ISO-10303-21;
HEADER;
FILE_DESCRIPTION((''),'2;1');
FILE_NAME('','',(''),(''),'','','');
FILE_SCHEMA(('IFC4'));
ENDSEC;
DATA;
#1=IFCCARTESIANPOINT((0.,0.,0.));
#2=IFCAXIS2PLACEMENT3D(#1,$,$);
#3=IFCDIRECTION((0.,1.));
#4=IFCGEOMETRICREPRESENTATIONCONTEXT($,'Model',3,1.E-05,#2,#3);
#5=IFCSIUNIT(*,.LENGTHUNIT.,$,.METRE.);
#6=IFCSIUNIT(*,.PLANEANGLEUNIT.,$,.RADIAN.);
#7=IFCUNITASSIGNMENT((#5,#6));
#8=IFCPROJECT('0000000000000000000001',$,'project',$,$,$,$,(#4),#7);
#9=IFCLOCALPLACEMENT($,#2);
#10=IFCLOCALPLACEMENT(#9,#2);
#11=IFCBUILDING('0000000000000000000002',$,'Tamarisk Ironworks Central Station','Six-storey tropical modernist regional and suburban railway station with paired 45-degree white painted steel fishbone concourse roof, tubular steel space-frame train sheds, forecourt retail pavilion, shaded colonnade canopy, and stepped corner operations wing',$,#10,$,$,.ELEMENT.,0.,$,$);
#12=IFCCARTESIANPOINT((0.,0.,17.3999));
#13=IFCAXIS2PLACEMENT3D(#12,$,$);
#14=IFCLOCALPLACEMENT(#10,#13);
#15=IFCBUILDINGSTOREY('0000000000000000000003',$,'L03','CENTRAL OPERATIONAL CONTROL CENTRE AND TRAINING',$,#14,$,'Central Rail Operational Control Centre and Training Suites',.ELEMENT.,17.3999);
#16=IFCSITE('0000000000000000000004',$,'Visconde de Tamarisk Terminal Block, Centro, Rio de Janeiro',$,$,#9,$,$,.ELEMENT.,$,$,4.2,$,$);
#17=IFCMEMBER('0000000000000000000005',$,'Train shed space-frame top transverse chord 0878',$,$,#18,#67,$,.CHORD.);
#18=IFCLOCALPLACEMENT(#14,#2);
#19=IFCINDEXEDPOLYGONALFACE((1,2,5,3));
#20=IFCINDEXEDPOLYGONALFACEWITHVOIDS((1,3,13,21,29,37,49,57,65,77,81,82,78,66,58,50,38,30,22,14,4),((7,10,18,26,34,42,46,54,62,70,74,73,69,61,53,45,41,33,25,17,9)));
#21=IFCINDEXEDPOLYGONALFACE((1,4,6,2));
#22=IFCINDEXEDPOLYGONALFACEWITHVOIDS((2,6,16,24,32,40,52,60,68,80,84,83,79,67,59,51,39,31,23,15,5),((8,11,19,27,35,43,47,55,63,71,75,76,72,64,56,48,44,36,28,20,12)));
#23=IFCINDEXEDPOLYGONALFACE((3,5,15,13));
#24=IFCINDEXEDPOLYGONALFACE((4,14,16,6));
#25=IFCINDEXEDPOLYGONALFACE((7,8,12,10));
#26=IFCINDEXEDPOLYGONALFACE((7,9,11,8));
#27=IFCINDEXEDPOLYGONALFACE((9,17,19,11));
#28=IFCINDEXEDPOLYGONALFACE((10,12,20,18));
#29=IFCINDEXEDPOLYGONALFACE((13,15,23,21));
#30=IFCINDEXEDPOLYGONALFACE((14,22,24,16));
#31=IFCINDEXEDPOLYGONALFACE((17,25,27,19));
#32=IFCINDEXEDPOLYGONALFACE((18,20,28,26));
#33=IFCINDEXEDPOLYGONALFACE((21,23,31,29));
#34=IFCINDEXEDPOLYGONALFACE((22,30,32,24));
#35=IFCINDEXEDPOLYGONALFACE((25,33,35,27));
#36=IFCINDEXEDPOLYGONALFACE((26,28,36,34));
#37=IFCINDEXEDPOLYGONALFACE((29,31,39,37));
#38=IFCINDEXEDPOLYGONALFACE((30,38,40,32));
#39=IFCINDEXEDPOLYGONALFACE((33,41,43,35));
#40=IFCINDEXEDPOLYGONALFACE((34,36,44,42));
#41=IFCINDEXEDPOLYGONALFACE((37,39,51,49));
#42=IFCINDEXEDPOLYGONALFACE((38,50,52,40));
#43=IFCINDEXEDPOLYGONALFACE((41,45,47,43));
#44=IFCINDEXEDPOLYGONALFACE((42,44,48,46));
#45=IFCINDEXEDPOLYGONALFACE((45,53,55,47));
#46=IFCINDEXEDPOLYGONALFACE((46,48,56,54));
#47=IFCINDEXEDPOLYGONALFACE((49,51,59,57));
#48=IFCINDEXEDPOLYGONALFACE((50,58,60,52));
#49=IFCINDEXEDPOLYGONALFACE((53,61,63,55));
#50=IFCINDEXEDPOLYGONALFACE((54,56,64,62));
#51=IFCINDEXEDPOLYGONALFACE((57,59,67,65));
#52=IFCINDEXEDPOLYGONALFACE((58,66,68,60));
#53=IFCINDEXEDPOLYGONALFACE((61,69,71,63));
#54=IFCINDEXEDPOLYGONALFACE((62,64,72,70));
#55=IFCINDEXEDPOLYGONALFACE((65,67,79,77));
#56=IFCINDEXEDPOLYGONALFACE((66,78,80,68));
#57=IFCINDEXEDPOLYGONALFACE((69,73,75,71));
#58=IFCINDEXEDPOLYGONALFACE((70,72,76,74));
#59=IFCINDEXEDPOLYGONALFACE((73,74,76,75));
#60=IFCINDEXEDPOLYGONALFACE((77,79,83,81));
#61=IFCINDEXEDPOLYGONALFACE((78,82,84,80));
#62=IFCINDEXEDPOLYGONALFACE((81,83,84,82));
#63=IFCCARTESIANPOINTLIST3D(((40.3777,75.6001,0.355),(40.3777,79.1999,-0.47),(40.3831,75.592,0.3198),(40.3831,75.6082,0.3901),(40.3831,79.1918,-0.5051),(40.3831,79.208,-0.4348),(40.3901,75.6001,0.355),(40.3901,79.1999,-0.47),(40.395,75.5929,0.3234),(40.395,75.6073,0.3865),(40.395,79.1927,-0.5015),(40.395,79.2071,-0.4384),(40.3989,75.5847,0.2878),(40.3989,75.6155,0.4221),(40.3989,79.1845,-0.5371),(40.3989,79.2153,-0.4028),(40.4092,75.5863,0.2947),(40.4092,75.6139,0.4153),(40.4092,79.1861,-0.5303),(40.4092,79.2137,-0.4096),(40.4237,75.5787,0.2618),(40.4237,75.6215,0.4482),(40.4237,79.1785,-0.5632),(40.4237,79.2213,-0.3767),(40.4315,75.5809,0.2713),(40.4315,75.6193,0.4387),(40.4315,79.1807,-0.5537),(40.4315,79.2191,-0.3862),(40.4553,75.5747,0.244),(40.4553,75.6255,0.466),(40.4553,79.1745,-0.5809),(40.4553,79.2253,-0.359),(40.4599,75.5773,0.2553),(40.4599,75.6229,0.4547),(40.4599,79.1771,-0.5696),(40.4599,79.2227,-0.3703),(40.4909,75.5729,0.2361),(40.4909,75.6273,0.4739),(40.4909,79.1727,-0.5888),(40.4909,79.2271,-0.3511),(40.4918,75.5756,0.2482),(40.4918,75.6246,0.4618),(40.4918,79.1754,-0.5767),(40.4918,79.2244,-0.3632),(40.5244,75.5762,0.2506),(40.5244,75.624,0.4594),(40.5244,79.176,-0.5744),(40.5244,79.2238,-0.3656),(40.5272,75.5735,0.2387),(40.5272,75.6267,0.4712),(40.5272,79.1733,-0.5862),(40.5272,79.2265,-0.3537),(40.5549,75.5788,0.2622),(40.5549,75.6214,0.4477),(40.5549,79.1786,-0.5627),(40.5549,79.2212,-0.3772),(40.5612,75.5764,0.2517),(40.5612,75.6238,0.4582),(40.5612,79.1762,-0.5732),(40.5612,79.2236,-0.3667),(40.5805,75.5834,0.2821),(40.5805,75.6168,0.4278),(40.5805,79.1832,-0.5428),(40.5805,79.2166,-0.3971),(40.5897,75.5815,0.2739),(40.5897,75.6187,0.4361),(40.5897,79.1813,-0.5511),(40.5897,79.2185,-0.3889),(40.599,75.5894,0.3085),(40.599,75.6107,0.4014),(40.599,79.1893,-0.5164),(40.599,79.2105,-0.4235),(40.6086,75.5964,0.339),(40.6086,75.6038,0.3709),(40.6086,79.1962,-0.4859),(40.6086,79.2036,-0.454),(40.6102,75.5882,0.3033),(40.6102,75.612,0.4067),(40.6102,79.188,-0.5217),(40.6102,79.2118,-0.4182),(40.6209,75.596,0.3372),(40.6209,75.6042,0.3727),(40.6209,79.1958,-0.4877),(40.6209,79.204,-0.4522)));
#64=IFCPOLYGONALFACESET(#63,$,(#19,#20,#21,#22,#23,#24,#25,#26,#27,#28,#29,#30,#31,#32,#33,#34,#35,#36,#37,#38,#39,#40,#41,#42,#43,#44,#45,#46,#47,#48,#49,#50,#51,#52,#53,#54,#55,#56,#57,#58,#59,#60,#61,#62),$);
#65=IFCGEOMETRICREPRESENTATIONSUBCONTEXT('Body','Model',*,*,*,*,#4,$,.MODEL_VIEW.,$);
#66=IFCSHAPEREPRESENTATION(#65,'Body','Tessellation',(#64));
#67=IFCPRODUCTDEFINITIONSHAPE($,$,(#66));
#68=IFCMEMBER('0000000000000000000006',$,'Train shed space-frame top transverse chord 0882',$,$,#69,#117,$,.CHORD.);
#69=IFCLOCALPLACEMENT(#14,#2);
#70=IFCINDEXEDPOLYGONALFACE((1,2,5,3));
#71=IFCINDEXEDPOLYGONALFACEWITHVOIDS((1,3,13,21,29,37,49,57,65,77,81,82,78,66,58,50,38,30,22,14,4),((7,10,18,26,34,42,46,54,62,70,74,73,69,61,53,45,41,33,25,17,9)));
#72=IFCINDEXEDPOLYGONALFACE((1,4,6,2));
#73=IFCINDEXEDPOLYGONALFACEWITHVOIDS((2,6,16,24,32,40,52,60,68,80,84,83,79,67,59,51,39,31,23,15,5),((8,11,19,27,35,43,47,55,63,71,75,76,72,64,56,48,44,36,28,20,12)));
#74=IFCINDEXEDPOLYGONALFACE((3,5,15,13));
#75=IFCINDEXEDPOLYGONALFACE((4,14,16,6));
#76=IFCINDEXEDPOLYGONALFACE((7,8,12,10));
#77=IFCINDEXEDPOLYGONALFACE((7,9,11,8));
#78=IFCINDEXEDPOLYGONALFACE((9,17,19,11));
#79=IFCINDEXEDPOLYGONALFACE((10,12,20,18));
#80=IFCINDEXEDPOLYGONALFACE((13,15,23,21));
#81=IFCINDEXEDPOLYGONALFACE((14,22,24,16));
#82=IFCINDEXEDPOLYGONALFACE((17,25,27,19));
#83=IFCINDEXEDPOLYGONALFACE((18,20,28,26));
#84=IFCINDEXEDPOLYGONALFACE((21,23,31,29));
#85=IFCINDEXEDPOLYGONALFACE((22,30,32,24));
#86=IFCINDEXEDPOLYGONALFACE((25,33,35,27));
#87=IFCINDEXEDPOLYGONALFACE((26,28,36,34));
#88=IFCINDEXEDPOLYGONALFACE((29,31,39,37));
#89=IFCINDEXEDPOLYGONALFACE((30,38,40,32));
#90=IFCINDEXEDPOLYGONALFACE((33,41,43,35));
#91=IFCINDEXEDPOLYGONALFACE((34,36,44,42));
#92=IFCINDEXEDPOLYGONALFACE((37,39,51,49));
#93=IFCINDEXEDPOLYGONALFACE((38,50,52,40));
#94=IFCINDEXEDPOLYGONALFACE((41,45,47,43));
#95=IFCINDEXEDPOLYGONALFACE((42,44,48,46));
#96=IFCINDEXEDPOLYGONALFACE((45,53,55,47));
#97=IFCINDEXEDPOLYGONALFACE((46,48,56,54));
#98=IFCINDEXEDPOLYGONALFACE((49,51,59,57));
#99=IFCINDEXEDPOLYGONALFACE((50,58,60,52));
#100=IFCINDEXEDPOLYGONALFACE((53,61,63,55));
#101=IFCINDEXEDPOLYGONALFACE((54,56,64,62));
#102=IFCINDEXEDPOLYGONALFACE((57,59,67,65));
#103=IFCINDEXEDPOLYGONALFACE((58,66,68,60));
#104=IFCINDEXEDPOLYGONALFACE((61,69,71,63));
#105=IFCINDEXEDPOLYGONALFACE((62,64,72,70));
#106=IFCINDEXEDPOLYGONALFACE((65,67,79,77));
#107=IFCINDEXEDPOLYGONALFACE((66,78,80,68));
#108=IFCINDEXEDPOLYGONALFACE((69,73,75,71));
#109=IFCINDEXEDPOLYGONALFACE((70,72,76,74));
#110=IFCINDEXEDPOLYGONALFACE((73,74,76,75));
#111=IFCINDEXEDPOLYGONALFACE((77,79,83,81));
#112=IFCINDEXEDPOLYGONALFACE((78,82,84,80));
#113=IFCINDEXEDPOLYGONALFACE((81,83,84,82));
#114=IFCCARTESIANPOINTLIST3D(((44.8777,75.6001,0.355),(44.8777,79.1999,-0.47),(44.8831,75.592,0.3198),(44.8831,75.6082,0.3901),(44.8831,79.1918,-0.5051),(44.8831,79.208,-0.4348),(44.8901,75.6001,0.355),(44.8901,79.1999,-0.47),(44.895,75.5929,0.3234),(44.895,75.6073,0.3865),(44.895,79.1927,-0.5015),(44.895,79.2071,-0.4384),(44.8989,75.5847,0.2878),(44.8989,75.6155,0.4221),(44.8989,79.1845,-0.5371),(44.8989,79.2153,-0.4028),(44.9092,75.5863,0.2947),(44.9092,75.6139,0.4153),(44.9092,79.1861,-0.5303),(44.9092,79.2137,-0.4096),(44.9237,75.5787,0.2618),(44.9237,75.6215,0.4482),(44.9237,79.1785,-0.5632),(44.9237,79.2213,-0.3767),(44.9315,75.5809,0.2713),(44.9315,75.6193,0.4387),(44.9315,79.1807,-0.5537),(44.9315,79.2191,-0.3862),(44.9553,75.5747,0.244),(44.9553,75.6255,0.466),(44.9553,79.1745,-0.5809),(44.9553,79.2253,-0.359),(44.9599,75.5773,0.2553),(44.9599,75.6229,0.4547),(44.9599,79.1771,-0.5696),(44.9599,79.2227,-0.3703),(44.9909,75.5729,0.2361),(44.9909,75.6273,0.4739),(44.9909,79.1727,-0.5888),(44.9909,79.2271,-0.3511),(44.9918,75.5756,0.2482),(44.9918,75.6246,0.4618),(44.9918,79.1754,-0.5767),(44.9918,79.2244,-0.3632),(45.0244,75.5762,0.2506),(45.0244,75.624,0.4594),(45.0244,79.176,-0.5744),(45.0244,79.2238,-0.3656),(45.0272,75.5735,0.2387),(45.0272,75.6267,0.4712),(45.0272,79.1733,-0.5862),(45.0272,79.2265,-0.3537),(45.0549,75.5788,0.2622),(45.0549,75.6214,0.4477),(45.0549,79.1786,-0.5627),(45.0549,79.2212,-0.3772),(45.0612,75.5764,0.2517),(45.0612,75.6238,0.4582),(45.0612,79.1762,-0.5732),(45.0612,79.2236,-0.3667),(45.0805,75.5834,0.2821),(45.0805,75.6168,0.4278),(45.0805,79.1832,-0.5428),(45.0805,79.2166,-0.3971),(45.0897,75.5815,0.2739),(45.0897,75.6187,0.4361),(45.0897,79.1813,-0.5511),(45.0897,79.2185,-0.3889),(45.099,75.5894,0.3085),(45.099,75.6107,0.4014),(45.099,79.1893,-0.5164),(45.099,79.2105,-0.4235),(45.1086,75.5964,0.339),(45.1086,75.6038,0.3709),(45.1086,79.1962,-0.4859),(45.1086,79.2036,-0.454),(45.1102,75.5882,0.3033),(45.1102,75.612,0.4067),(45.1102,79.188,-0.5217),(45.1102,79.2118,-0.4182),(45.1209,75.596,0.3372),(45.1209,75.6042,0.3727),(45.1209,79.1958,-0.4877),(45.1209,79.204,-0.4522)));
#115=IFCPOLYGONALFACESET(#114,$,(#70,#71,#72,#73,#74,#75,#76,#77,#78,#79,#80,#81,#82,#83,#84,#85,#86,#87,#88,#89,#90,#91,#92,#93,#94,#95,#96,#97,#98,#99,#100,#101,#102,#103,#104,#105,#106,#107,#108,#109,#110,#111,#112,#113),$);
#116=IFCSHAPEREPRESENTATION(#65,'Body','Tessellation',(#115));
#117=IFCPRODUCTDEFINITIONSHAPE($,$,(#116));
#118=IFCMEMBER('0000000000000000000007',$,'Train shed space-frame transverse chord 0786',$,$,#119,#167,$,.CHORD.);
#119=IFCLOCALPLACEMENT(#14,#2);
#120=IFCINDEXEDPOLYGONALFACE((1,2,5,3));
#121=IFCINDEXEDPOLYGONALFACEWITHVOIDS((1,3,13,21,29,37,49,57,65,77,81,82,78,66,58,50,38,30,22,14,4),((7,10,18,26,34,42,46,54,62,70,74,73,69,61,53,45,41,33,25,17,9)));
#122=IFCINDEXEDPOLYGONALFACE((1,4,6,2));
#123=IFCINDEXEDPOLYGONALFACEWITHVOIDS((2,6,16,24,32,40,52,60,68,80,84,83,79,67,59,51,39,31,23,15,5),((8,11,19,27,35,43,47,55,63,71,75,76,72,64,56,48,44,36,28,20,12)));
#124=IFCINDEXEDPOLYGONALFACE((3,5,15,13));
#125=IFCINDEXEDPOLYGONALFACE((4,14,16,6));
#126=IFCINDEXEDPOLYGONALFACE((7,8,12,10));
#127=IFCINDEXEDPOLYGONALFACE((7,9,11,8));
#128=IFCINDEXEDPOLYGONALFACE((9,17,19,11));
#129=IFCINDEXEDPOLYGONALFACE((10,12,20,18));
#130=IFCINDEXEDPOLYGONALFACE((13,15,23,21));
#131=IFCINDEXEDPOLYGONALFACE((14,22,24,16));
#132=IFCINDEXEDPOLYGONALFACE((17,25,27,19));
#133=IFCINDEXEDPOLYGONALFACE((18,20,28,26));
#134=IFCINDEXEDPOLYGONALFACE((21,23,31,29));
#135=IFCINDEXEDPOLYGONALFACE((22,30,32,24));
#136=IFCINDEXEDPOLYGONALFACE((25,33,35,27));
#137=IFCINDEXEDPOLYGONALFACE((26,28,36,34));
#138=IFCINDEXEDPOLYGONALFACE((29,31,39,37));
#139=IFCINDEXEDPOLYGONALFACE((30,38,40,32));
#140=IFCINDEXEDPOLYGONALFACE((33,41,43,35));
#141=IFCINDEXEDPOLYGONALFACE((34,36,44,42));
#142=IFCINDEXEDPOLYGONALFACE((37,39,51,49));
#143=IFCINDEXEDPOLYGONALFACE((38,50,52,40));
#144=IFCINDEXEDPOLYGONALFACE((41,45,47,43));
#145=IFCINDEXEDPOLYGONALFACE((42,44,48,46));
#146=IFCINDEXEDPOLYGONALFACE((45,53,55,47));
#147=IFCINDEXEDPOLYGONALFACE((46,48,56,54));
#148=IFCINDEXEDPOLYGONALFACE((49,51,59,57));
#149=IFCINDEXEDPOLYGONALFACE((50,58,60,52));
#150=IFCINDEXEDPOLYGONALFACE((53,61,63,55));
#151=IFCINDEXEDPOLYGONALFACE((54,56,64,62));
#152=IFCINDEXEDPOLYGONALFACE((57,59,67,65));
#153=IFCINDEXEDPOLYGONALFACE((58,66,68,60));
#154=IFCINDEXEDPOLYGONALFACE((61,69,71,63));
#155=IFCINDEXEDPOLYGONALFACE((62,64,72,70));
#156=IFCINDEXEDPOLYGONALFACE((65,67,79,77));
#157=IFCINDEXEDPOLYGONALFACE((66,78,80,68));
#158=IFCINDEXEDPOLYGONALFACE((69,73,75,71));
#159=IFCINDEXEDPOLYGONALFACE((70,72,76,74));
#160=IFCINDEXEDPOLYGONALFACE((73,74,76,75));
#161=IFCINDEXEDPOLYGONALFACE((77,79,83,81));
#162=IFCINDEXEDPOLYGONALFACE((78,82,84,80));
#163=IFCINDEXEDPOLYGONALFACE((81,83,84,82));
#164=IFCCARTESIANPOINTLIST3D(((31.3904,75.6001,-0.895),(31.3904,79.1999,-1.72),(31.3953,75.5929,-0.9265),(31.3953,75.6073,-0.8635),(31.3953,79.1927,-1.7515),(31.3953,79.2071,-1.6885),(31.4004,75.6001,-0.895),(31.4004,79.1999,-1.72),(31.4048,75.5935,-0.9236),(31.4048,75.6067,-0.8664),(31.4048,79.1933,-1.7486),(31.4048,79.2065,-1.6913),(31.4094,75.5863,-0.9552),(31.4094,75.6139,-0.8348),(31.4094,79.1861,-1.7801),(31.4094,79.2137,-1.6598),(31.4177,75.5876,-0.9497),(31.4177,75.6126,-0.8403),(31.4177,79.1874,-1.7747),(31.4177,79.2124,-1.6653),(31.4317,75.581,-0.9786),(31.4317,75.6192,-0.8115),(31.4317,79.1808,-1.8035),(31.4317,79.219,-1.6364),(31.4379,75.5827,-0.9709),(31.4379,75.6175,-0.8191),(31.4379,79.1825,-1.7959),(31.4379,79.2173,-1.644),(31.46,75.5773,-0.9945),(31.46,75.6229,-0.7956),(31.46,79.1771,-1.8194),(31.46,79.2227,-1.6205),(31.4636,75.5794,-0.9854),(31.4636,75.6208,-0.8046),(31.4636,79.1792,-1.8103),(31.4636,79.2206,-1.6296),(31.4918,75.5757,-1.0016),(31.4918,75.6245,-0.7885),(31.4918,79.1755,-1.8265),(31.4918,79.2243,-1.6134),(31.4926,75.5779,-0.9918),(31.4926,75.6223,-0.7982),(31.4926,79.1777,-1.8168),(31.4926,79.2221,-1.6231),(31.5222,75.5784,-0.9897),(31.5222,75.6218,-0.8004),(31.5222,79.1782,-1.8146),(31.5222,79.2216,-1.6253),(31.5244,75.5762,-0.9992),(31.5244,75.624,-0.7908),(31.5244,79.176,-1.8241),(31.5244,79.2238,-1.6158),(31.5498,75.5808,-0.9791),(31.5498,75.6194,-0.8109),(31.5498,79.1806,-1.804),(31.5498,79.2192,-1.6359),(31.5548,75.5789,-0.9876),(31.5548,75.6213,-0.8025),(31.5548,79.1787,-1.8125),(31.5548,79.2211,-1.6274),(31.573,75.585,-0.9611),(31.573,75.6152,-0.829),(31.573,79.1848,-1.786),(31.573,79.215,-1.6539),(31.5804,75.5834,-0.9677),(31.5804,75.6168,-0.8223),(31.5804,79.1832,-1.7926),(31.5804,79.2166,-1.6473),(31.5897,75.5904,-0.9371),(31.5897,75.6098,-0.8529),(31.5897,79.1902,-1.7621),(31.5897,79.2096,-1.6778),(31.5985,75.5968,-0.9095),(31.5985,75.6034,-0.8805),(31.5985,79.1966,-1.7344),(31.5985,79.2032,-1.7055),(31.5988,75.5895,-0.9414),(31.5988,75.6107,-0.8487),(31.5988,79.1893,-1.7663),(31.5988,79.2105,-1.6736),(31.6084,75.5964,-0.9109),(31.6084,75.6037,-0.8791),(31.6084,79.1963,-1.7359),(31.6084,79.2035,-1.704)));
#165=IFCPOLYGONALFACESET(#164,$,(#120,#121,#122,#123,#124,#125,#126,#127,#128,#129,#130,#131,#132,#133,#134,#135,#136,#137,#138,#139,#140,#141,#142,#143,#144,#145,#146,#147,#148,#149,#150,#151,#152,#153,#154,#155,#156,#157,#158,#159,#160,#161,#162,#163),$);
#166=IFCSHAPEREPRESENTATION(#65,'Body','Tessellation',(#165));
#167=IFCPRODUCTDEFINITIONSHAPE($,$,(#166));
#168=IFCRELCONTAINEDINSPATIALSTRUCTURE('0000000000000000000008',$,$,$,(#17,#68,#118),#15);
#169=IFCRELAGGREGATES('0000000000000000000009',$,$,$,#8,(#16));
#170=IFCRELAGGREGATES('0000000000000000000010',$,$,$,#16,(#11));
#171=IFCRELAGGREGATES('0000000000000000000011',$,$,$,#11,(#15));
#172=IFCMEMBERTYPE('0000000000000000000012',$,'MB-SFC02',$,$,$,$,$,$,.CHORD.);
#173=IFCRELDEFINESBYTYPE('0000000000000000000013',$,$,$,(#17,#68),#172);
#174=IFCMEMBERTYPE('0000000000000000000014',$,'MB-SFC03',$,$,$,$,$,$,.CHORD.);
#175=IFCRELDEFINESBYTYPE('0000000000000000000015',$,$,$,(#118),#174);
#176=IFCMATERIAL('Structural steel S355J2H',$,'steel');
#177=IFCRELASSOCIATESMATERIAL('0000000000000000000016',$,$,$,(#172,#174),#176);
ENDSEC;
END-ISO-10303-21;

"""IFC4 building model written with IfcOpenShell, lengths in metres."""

from ifc_helpers import new_model, si_unit, direction, frame, origin, origin_2d, place, context, subcontext, project, spatial, hollow_circle, extrude, material, material_profile, profile_set, type_object, element, save


model = new_model("IFC4")

# Units and contexts
model_context = context("Model", 3, precision=1e-05, world=origin(), true_north=direction((0.0, 1.0)))
body_context = subcontext(model_context, "Body", "Model", "MODEL_VIEW")
ifc_project = project(units=[si_unit("LENGTHUNIT", "METRE"), si_unit("PLANEANGLEUNIT", "RADIAN")], contexts=[model_context])

# Site, building, storey
site_placement = place(None, origin())
site = spatial("IfcSite", under=ifc_project, at=site_placement, Name="Visconde de Tamarisk Terminal Block, Centro, Rio de Janeiro", CompositionType="ELEMENT", RefElevation=4.2)
building_placement = place(site_placement, origin())
building = spatial("IfcBuilding", under=site, at=building_placement, Name="Tamarisk Ironworks Central Station", Description="Six-storey tropical modernist regional and suburban railway station with paired 45-degree white painted steel fishbone concourse roof, tubular steel space-frame train sheds, forecourt retail pavilion, shaded colonnade canopy, and stepped corner operations wing", CompositionType="ELEMENT", ElevationOfRefHeight=0.0)
storey_placement = place(building_placement, frame((0.0, 0.0, 17.3999)))
storey = spatial("IfcBuildingStorey", under=building, at=storey_placement, Name="L03", Description="CENTRAL OPERATIONAL CONTROL CENTRE AND TRAINING", LongName="Central Rail Operational Control Centre and Training Suites", CompositionType="ELEMENT", Elevation=17.3999)

# Members
ifc_material_1 = material(Name="Structural steel S355J2H", Category="steel")
ifc_material_profile_1 = material_profile(ifc_material_1, hollow_circle(Radius=0.1223, WallThickness=0.0125, at=origin_2d()), Name="CHS 244.5x12.5")
ifc_profile_set_1 = profile_set([ifc_material_profile_1], Name="Structural steel S355J2H")
member_type_1 = type_object("IfcMemberType", Name="MB-SFC02", PredefinedType="CHORD", material=ifc_profile_set_1)
for number, where, z_axis, x_axis, name in (
    (1, (40.5, 75.6001, 0.355), (0.0, 0.974733, -0.223372), (-1.0, 0.0, 0.0), "Train shed space-frame top transverse chord 0878"),
    (2, (45.0, 75.6001, 0.355), (0.0, 0.974733, -0.223372), (-1.0, 0.0, 0.0), "Train shed space-frame top transverse chord 0882"),
):
    element("IfcMember", number, at=place(storey_placement, frame(where, z_axis=z_axis, x_axis=x_axis)), inside=storey, type_object=member_type_1, Name=name, PredefinedType="CHORD", context=body_context, shape_type="SweptSolid", body=[
        extrude(hollow_circle(Radius=0.1223, WallThickness=0.0125, at=origin_2d()), origin(), (0.0, 0.0, 1.0), 3.6931),
    ])
ifc_material_profile_2 = material_profile(ifc_material_1, hollow_circle(Radius=0.1096, WallThickness=0.01, at=origin_2d()), Name="CHS 219.1x10")
ifc_profile_set_2 = profile_set([ifc_material_profile_2], Name="Structural steel S355J2H")
member_type_2 = type_object("IfcMemberType", Name="MB-SFC03", PredefinedType="CHORD", material=ifc_profile_set_2)
for number, where, z_axis, x_axis, name in (
    (3, (31.5, 75.6001, -0.895), (0.0, 0.974733, -0.223372), (-1.0, 0.0, 0.0), "Train shed space-frame transverse chord 0786"),
):
    element("IfcMember", number, at=place(storey_placement, frame(where, z_axis=z_axis, x_axis=x_axis)), inside=storey, type_object=member_type_2, Name=name, PredefinedType="CHORD", context=body_context, shape_type="SweptSolid", body=[
        extrude(hollow_circle(Radius=0.1096, WallThickness=0.01, at=origin_2d()), origin(), (0.0, 0.0, 1.0), 3.6931),
    ])

save(model, "model.ifc")
